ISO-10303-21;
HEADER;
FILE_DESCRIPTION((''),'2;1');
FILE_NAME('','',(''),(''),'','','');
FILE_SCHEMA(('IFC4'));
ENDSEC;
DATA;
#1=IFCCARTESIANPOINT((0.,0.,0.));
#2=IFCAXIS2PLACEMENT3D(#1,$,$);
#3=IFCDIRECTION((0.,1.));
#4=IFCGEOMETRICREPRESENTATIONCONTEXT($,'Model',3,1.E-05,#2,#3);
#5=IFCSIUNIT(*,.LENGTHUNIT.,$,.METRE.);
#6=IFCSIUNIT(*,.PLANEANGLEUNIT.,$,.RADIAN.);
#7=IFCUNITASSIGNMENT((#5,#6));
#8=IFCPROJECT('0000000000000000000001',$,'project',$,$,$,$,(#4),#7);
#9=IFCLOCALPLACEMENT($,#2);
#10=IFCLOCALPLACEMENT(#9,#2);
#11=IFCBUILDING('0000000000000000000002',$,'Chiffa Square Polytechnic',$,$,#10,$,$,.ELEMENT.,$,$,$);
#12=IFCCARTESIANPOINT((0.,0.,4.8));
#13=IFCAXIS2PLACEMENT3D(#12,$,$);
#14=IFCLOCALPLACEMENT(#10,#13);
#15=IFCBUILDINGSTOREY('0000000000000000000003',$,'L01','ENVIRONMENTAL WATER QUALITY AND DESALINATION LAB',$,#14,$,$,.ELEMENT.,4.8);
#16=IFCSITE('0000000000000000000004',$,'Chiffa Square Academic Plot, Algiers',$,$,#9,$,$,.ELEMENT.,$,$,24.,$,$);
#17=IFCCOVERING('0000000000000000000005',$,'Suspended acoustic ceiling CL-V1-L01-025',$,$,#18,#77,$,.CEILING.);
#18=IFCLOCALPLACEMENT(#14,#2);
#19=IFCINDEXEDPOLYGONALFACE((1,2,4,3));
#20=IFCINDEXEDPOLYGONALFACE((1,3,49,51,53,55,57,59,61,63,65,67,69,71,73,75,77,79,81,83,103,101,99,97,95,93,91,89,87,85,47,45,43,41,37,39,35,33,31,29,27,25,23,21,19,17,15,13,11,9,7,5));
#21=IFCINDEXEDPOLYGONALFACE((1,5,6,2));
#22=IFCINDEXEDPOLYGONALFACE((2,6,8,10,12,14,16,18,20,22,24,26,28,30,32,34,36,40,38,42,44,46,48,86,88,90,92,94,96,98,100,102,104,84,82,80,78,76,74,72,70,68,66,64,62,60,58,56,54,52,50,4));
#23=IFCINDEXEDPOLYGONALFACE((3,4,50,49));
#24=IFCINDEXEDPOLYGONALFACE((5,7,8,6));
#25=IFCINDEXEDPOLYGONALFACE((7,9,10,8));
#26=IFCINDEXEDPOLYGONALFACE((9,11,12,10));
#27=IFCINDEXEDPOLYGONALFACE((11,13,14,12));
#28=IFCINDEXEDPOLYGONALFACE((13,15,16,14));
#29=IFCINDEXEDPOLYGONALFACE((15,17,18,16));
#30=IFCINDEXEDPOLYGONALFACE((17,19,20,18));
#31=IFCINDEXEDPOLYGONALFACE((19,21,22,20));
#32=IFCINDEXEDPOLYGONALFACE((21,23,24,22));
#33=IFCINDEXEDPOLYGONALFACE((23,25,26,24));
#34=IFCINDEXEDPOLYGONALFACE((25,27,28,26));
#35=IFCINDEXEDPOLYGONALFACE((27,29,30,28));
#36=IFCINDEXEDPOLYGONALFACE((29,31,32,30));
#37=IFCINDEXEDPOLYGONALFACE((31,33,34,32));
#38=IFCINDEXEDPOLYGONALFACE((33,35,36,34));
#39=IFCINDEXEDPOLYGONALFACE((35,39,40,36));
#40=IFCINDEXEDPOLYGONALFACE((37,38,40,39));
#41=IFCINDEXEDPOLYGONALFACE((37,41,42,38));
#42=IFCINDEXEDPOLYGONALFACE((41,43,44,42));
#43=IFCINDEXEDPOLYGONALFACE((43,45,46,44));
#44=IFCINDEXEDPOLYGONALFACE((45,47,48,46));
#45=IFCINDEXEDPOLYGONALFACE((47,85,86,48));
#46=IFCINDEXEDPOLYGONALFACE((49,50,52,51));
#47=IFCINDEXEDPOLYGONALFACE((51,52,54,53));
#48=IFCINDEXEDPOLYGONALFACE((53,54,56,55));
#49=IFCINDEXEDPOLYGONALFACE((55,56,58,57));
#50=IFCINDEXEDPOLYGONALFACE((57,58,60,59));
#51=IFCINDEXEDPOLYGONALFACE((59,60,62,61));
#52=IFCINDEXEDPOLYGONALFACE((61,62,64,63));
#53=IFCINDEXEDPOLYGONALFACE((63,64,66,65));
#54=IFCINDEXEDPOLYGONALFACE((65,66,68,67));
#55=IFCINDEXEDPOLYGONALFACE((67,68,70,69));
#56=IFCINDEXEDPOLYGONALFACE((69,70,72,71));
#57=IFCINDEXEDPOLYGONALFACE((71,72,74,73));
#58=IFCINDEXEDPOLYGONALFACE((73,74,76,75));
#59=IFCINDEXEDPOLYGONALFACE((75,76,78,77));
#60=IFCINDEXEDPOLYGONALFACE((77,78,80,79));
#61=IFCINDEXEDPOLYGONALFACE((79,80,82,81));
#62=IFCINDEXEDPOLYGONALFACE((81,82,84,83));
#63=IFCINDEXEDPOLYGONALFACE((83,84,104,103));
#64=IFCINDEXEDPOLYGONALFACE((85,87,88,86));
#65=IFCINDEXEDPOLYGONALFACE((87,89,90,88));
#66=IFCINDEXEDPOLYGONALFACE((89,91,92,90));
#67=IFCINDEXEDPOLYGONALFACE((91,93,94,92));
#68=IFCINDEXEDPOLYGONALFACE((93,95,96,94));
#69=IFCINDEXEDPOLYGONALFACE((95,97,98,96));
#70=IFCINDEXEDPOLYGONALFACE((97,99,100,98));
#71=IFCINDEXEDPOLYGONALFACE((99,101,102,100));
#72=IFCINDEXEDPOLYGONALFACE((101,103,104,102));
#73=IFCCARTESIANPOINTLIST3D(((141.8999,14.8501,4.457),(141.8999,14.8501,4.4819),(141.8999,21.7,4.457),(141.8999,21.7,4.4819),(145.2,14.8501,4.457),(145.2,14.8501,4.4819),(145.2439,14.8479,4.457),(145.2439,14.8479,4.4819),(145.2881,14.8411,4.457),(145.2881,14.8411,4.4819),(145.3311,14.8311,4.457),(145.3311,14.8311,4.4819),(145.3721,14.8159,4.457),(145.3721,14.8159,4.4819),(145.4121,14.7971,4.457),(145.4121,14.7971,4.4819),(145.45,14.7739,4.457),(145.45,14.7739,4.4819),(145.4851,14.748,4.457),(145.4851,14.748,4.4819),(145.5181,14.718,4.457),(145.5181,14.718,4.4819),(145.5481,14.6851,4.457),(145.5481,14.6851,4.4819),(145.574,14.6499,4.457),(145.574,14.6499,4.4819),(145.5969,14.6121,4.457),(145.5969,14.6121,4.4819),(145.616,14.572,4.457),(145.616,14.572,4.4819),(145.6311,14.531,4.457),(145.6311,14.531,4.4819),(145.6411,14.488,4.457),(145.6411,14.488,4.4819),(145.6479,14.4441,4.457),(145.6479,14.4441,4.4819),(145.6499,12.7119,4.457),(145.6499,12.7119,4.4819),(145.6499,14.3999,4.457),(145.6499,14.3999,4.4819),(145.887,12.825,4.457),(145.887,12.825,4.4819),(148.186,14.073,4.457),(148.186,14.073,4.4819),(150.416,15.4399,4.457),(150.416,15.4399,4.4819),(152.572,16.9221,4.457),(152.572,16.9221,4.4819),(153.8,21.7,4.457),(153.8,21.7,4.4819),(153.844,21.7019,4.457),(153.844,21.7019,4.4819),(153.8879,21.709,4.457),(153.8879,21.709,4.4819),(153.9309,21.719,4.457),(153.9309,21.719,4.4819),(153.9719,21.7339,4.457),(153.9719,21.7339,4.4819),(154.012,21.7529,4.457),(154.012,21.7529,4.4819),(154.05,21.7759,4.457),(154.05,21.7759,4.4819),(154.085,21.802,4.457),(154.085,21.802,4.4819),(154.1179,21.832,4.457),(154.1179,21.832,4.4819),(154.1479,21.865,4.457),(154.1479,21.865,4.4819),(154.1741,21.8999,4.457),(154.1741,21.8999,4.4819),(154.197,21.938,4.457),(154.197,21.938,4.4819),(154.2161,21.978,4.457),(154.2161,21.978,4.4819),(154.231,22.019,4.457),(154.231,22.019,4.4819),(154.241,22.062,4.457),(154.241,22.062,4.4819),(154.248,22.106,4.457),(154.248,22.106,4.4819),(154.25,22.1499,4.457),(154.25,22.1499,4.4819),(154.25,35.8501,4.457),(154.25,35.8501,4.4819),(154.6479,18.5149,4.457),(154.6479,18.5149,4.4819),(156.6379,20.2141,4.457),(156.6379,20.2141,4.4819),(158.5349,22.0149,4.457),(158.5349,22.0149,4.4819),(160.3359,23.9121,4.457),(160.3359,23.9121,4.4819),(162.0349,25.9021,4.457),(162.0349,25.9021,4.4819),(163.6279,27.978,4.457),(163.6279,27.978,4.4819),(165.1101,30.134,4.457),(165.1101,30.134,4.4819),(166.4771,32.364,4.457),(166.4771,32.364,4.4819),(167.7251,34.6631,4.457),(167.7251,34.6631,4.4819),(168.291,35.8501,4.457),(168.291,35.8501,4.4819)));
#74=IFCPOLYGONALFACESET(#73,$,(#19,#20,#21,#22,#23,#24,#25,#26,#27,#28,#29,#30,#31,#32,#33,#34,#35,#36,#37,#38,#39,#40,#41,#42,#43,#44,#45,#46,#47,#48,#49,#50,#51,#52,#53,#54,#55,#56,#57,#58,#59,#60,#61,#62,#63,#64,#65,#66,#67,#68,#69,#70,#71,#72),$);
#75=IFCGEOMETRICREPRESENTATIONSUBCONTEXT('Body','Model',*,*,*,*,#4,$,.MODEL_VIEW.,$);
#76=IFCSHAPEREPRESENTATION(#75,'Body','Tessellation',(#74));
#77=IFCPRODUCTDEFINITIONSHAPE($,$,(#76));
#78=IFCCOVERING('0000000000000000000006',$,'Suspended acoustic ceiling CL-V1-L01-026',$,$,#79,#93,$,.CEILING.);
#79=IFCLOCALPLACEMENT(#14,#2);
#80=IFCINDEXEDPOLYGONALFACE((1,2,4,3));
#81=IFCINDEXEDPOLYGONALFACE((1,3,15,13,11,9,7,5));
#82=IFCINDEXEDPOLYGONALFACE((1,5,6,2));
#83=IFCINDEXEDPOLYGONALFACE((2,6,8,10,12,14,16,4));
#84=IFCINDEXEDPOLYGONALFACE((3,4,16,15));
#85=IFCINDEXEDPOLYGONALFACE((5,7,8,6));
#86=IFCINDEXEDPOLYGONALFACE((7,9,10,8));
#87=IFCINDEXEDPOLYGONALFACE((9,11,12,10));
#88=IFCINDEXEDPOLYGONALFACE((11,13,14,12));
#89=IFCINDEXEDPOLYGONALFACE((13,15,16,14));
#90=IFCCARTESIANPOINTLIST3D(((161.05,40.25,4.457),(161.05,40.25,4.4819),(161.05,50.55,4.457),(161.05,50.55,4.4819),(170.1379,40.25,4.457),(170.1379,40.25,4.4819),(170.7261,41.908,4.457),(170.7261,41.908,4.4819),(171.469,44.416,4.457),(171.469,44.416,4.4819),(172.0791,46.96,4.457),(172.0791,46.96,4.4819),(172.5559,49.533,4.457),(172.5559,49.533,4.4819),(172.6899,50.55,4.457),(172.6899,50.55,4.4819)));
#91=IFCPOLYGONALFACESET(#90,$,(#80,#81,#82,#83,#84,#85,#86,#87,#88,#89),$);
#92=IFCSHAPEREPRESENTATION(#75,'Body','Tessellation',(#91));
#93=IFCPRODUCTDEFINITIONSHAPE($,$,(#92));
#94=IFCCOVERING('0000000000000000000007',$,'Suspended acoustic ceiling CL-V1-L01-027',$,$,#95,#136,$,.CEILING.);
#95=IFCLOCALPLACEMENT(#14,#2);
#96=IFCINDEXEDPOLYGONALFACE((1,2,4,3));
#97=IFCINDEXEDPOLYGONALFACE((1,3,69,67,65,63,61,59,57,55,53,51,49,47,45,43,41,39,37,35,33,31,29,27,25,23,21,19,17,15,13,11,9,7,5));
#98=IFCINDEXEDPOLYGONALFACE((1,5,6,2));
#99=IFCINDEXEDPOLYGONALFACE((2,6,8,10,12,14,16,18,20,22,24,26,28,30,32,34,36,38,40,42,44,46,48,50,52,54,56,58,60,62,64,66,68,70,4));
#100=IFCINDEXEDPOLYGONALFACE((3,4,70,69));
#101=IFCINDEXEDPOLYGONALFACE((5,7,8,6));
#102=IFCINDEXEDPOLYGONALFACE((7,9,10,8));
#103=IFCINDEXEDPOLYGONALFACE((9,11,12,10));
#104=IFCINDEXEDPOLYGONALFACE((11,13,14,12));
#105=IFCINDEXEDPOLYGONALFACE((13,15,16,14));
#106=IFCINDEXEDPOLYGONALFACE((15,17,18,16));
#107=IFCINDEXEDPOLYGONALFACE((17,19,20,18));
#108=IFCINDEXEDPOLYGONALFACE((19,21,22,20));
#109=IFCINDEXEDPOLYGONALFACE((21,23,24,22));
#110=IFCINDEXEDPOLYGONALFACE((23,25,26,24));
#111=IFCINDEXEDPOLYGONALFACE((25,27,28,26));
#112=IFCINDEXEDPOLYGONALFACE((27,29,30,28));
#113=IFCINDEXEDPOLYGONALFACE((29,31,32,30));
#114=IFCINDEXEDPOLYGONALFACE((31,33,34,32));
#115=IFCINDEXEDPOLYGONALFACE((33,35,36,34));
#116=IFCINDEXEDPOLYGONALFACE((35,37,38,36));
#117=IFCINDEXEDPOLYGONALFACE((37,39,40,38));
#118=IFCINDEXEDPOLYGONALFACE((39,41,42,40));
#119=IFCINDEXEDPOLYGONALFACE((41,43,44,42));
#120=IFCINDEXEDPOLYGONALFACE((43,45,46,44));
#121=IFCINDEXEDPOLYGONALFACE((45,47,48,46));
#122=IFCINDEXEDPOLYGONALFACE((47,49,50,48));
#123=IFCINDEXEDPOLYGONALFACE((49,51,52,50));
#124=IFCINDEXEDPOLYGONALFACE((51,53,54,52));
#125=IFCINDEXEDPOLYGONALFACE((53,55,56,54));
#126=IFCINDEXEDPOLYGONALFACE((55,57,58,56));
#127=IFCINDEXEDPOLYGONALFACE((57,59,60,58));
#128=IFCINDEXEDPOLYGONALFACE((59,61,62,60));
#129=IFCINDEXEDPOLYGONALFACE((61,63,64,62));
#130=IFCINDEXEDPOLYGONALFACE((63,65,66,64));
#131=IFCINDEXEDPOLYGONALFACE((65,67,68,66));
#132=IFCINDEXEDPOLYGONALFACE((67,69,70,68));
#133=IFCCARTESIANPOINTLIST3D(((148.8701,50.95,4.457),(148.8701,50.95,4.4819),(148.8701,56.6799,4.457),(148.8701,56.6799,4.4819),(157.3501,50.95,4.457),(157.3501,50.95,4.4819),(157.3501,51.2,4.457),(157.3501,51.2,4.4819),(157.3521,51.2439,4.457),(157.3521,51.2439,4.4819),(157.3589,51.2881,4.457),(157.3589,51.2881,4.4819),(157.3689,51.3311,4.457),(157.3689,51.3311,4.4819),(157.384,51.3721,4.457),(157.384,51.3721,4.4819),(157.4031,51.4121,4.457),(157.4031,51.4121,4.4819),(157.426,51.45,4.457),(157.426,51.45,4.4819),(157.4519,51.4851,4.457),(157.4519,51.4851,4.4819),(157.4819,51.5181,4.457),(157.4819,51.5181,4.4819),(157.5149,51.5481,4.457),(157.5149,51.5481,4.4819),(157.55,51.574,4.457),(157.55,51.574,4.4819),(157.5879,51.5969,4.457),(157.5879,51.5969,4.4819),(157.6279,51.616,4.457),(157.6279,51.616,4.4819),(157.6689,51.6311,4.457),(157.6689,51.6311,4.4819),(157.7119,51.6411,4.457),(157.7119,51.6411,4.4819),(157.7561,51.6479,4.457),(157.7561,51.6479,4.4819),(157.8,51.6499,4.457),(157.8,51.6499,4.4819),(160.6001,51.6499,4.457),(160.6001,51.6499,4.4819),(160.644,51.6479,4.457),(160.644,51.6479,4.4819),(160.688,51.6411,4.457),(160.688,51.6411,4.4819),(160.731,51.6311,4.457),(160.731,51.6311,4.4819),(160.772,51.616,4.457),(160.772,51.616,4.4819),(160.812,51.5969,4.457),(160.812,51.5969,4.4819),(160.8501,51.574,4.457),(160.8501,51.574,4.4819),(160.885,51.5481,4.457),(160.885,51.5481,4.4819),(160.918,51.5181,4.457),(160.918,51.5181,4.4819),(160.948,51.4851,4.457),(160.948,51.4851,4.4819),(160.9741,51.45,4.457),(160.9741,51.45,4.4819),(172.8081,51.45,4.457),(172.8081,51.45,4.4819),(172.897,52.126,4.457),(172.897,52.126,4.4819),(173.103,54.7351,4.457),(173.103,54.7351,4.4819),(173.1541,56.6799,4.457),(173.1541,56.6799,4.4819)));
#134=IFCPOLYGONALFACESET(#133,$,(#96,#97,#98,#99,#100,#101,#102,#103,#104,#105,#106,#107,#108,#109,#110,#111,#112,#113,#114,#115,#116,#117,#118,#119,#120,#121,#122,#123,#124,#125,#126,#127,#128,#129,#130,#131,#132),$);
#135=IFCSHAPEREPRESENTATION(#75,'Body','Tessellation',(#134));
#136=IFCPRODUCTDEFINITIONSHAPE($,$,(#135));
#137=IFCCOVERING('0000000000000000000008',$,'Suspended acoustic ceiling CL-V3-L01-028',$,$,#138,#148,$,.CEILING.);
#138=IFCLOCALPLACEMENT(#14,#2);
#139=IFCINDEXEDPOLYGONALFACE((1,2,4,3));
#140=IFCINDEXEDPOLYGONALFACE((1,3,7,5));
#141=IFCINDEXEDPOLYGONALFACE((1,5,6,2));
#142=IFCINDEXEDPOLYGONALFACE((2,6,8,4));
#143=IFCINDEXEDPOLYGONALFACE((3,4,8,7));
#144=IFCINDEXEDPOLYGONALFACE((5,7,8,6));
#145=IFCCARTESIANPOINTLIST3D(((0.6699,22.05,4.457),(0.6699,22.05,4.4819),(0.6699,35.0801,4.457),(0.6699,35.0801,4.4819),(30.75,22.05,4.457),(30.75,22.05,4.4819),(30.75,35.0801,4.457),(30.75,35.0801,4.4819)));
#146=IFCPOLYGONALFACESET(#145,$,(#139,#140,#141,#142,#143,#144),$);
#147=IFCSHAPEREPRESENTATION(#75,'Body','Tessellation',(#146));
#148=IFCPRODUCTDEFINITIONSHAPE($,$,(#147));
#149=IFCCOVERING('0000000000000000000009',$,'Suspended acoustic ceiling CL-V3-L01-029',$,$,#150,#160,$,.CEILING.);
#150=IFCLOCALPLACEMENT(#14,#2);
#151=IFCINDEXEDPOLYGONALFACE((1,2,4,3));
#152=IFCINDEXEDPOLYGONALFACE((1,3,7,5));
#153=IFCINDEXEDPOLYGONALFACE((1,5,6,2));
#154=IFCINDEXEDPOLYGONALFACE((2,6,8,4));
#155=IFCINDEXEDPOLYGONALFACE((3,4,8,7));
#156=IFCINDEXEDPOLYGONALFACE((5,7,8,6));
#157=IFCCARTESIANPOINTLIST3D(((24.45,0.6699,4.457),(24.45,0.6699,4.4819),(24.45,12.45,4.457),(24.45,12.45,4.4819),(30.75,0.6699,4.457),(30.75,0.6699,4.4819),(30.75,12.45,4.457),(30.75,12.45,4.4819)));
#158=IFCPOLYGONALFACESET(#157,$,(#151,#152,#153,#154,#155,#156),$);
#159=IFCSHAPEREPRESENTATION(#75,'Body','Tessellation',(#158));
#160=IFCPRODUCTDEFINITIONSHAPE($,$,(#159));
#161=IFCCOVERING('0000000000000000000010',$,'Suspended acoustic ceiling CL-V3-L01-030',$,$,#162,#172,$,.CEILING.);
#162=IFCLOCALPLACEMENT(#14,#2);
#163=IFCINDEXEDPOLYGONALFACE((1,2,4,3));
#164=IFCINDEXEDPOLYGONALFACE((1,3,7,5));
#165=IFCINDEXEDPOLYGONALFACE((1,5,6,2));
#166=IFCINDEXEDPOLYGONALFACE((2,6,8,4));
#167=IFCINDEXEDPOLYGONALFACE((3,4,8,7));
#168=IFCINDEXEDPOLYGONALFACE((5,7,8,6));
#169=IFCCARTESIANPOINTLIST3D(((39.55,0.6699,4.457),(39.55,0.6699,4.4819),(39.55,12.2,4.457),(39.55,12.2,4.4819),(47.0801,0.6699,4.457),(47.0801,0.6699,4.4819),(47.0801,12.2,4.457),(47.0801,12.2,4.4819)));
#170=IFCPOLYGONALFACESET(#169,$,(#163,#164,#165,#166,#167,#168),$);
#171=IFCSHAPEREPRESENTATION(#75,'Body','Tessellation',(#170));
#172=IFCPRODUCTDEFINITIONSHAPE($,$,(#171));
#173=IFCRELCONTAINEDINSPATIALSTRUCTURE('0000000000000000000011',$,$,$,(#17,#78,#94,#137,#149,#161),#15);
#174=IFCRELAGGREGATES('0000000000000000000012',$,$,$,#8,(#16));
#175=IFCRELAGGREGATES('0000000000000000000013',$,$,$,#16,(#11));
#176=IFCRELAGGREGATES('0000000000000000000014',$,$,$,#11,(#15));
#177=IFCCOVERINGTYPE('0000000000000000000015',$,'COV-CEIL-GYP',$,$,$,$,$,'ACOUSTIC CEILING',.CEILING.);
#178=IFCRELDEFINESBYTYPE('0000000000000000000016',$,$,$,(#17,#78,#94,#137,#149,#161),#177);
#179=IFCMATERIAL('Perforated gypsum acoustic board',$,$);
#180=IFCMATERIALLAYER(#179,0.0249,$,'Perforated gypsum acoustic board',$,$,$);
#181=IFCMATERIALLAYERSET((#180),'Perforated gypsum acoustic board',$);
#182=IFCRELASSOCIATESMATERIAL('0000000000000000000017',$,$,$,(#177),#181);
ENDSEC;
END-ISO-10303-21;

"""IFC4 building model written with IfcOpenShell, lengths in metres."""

from ifc_helpers import new_model, si_unit, direction, frame, origin, place, context, subcontext, project, spatial, polyline, outline, extrude, material, layer, layer_set, type_object, element, save


model = new_model("IFC4")

# Units and contexts
model_context = context("Model", 3, precision=1e-05, world=origin(), true_north=direction((0.0, 1.0)))
body_context = subcontext(model_context, "Body", "Model", "MODEL_VIEW")
ifc_project = project(units=[si_unit("LENGTHUNIT", "METRE"), si_unit("PLANEANGLEUNIT", "RADIAN")], contexts=[model_context])

# Site, building, storey
site_placement = place(None, origin())
site = spatial("IfcSite", under=ifc_project, at=site_placement, Name="Chiffa Square Academic Plot, Algiers", CompositionType="ELEMENT", RefElevation=24.0)
building_placement = place(site_placement, origin())
building = spatial("IfcBuilding", under=site, at=building_placement, Name="Chiffa Square Polytechnic", CompositionType="ELEMENT")
storey_placement = place(building_placement, frame((0.0, 0.0, 4.8)))
storey = spatial("IfcBuildingStorey", under=building, at=storey_placement, Name="L01", Description="ENVIRONMENTAL WATER QUALITY AND DESALINATION LAB", CompositionType="ELEMENT", Elevation=4.8)

# Coverings
ifc_material_1 = material(Name="Perforated gypsum acoustic board")
ifc_layer_1 = layer(ifc_material_1, 0.0249, Name="Perforated gypsum acoustic board")
ifc_layer_set_1 = layer_set([ifc_layer_1], Name="Perforated gypsum acoustic board")
covering_type_1 = type_object("IfcCoveringType", Name="COV-CEIL-GYP", ElementType="ACOUSTIC CEILING", PredefinedType="CEILING", material=ifc_layer_set_1)
covering_1_placement = place(storey_placement, frame((0.0, 0.0, 4.457)))
element("IfcCovering", 1, at=covering_1_placement, inside=storey, type_object=covering_type_1, Name="Suspended acoustic ceiling CL-V1-L01-025", PredefinedType="CEILING", context=body_context, shape_type="SweptSolid", body=[
    extrude(outline(polyline([(141.8999, 14.8501), (141.8999, 21.7), (153.8, 21.7), (153.844, 21.7019), (153.8879, 21.709), (153.9309, 21.719), (153.9719, 21.7339), (154.012, 21.7529), (154.05, 21.7759), (154.085, 21.802), (154.1179, 21.832), (154.1479, 21.865), (154.1741, 21.8999), (154.197, 21.938), (154.2161, 21.978), (154.231, 22.019), (154.241, 22.062), (154.248, 22.106), (154.25, 22.1499), (154.25, 35.8501), (168.291, 35.8501), (167.7251, 34.6631), (166.4771, 32.364), (165.1101, 30.134), (163.6279, 27.978), (162.0349, 25.9021), (160.3359, 23.9121), (158.5349, 22.0149), (156.6379, 20.2141), (154.6479, 18.5149), (152.572, 16.9221), (150.416, 15.4399), (148.186, 14.073), (145.887, 12.825), (145.6499, 12.7119), (145.6499, 14.3999), (145.6479, 14.4441), (145.6411, 14.488), (145.6311, 14.531), (145.616, 14.572), (145.5969, 14.6121), (145.574, 14.6499), (145.5481, 14.6851), (145.5181, 14.718), (145.4851, 14.748), (145.45, 14.7739), (145.4121, 14.7971), (145.3721, 14.8159), (145.3311, 14.8311), (145.2881, 14.8411), (145.2439, 14.8479), (145.2, 14.8501), (141.8999, 14.8501)])), origin(), (0.0, 0.0, 1.0), 0.0249),
])
covering_2_placement = place(storey_placement, frame((0.0, 0.0, 4.457)))
element("IfcCovering", 2, at=covering_2_placement, inside=storey, type_object=covering_type_1, Name="Suspended acoustic ceiling CL-V1-L01-026", PredefinedType="CEILING", context=body_context, shape_type="SweptSolid", body=[
    extrude(outline(polyline([(161.05, 40.25), (161.05, 50.55), (172.6899, 50.55), (172.5559, 49.533), (172.0791, 46.96), (171.469, 44.416), (170.7261, 41.908), (170.1379, 40.25), (161.05, 40.25)])), origin(), (0.0, 0.0, 1.0), 0.0249),
])
covering_3_placement = place(storey_placement, frame((0.0, 0.0, 4.457)))
element("IfcCovering", 3, at=covering_3_placement, inside=storey, type_object=covering_type_1, Name="Suspended acoustic ceiling CL-V1-L01-027", PredefinedType="CEILING", context=body_context, shape_type="SweptSolid", body=[
    extrude(outline(polyline([(148.8701, 50.95), (148.8701, 56.6799), (173.1541, 56.6799), (173.103, 54.7351), (172.897, 52.126), (172.8081, 51.45), (160.9741, 51.45), (160.9741, 51.45), (160.948, 51.4851), (160.918, 51.5181), (160.885, 51.5481), (160.8501, 51.574), (160.812, 51.5969), (160.772, 51.616), (160.731, 51.6311), (160.688, 51.6411), (160.644, 51.6479), (160.6001, 51.6499), (157.8, 51.6499), (157.7561, 51.6479), (157.7119, 51.6411), (157.6689, 51.6311), (157.6279, 51.616), (157.5879, 51.5969), (157.55, 51.574), (157.5149, 51.5481), (157.4819, 51.5181), (157.4519, 51.4851), (157.426, 51.45), (157.4031, 51.4121), (157.384, 51.3721), (157.3689, 51.3311), (157.3589, 51.2881), (157.3521, 51.2439), (157.3501, 51.2), (157.3501, 50.95), (148.8701, 50.95)])), origin(), (0.0, 0.0, 1.0), 0.0249),
])
covering_4_placement = place(storey_placement, frame((0.0, 0.0, 4.457)))
element("IfcCovering", 4, at=covering_4_placement, inside=storey, type_object=covering_type_1, Name="Suspended acoustic ceiling CL-V3-L01-028", PredefinedType="CEILING", context=body_context, shape_type="SweptSolid", body=[
    extrude(outline(polyline([(0.6699, 22.05), (0.6699, 35.0801), (30.75, 35.0801), (30.75, 22.05), (0.6699, 22.05)])), origin(), (0.0, 0.0, 1.0), 0.0249),
])
covering_5_placement = place(storey_placement, frame((0.0, 0.0, 4.457)))
element("IfcCovering", 5, at=covering_5_placement, inside=storey, type_object=covering_type_1, Name="Suspended acoustic ceiling CL-V3-L01-029", PredefinedType="CEILING", context=body_context, shape_type="SweptSolid", body=[
    extrude(outline(polyline([(24.45, 12.45), (30.75, 12.45), (30.75, 0.6699), (24.45, 0.6699), (24.45, 12.45)])), origin(), (0.0, 0.0, 1.0), 0.0249),
])
covering_6_placement = place(storey_placement, frame((0.0, 0.0, 4.457)))
element("IfcCovering", 6, at=covering_6_placement, inside=storey, type_object=covering_type_1, Name="Suspended acoustic ceiling CL-V3-L01-030", PredefinedType="CEILING", context=body_context, shape_type="SweptSolid", body=[
    extrude(outline(polyline([(39.55, 12.2), (47.0801, 12.2), (47.0801, 0.6699), (39.55, 0.6699), (39.55, 12.2)])), origin(), (0.0, 0.0, 1.0), 0.0249),
])

save(model, "model.ifc")
